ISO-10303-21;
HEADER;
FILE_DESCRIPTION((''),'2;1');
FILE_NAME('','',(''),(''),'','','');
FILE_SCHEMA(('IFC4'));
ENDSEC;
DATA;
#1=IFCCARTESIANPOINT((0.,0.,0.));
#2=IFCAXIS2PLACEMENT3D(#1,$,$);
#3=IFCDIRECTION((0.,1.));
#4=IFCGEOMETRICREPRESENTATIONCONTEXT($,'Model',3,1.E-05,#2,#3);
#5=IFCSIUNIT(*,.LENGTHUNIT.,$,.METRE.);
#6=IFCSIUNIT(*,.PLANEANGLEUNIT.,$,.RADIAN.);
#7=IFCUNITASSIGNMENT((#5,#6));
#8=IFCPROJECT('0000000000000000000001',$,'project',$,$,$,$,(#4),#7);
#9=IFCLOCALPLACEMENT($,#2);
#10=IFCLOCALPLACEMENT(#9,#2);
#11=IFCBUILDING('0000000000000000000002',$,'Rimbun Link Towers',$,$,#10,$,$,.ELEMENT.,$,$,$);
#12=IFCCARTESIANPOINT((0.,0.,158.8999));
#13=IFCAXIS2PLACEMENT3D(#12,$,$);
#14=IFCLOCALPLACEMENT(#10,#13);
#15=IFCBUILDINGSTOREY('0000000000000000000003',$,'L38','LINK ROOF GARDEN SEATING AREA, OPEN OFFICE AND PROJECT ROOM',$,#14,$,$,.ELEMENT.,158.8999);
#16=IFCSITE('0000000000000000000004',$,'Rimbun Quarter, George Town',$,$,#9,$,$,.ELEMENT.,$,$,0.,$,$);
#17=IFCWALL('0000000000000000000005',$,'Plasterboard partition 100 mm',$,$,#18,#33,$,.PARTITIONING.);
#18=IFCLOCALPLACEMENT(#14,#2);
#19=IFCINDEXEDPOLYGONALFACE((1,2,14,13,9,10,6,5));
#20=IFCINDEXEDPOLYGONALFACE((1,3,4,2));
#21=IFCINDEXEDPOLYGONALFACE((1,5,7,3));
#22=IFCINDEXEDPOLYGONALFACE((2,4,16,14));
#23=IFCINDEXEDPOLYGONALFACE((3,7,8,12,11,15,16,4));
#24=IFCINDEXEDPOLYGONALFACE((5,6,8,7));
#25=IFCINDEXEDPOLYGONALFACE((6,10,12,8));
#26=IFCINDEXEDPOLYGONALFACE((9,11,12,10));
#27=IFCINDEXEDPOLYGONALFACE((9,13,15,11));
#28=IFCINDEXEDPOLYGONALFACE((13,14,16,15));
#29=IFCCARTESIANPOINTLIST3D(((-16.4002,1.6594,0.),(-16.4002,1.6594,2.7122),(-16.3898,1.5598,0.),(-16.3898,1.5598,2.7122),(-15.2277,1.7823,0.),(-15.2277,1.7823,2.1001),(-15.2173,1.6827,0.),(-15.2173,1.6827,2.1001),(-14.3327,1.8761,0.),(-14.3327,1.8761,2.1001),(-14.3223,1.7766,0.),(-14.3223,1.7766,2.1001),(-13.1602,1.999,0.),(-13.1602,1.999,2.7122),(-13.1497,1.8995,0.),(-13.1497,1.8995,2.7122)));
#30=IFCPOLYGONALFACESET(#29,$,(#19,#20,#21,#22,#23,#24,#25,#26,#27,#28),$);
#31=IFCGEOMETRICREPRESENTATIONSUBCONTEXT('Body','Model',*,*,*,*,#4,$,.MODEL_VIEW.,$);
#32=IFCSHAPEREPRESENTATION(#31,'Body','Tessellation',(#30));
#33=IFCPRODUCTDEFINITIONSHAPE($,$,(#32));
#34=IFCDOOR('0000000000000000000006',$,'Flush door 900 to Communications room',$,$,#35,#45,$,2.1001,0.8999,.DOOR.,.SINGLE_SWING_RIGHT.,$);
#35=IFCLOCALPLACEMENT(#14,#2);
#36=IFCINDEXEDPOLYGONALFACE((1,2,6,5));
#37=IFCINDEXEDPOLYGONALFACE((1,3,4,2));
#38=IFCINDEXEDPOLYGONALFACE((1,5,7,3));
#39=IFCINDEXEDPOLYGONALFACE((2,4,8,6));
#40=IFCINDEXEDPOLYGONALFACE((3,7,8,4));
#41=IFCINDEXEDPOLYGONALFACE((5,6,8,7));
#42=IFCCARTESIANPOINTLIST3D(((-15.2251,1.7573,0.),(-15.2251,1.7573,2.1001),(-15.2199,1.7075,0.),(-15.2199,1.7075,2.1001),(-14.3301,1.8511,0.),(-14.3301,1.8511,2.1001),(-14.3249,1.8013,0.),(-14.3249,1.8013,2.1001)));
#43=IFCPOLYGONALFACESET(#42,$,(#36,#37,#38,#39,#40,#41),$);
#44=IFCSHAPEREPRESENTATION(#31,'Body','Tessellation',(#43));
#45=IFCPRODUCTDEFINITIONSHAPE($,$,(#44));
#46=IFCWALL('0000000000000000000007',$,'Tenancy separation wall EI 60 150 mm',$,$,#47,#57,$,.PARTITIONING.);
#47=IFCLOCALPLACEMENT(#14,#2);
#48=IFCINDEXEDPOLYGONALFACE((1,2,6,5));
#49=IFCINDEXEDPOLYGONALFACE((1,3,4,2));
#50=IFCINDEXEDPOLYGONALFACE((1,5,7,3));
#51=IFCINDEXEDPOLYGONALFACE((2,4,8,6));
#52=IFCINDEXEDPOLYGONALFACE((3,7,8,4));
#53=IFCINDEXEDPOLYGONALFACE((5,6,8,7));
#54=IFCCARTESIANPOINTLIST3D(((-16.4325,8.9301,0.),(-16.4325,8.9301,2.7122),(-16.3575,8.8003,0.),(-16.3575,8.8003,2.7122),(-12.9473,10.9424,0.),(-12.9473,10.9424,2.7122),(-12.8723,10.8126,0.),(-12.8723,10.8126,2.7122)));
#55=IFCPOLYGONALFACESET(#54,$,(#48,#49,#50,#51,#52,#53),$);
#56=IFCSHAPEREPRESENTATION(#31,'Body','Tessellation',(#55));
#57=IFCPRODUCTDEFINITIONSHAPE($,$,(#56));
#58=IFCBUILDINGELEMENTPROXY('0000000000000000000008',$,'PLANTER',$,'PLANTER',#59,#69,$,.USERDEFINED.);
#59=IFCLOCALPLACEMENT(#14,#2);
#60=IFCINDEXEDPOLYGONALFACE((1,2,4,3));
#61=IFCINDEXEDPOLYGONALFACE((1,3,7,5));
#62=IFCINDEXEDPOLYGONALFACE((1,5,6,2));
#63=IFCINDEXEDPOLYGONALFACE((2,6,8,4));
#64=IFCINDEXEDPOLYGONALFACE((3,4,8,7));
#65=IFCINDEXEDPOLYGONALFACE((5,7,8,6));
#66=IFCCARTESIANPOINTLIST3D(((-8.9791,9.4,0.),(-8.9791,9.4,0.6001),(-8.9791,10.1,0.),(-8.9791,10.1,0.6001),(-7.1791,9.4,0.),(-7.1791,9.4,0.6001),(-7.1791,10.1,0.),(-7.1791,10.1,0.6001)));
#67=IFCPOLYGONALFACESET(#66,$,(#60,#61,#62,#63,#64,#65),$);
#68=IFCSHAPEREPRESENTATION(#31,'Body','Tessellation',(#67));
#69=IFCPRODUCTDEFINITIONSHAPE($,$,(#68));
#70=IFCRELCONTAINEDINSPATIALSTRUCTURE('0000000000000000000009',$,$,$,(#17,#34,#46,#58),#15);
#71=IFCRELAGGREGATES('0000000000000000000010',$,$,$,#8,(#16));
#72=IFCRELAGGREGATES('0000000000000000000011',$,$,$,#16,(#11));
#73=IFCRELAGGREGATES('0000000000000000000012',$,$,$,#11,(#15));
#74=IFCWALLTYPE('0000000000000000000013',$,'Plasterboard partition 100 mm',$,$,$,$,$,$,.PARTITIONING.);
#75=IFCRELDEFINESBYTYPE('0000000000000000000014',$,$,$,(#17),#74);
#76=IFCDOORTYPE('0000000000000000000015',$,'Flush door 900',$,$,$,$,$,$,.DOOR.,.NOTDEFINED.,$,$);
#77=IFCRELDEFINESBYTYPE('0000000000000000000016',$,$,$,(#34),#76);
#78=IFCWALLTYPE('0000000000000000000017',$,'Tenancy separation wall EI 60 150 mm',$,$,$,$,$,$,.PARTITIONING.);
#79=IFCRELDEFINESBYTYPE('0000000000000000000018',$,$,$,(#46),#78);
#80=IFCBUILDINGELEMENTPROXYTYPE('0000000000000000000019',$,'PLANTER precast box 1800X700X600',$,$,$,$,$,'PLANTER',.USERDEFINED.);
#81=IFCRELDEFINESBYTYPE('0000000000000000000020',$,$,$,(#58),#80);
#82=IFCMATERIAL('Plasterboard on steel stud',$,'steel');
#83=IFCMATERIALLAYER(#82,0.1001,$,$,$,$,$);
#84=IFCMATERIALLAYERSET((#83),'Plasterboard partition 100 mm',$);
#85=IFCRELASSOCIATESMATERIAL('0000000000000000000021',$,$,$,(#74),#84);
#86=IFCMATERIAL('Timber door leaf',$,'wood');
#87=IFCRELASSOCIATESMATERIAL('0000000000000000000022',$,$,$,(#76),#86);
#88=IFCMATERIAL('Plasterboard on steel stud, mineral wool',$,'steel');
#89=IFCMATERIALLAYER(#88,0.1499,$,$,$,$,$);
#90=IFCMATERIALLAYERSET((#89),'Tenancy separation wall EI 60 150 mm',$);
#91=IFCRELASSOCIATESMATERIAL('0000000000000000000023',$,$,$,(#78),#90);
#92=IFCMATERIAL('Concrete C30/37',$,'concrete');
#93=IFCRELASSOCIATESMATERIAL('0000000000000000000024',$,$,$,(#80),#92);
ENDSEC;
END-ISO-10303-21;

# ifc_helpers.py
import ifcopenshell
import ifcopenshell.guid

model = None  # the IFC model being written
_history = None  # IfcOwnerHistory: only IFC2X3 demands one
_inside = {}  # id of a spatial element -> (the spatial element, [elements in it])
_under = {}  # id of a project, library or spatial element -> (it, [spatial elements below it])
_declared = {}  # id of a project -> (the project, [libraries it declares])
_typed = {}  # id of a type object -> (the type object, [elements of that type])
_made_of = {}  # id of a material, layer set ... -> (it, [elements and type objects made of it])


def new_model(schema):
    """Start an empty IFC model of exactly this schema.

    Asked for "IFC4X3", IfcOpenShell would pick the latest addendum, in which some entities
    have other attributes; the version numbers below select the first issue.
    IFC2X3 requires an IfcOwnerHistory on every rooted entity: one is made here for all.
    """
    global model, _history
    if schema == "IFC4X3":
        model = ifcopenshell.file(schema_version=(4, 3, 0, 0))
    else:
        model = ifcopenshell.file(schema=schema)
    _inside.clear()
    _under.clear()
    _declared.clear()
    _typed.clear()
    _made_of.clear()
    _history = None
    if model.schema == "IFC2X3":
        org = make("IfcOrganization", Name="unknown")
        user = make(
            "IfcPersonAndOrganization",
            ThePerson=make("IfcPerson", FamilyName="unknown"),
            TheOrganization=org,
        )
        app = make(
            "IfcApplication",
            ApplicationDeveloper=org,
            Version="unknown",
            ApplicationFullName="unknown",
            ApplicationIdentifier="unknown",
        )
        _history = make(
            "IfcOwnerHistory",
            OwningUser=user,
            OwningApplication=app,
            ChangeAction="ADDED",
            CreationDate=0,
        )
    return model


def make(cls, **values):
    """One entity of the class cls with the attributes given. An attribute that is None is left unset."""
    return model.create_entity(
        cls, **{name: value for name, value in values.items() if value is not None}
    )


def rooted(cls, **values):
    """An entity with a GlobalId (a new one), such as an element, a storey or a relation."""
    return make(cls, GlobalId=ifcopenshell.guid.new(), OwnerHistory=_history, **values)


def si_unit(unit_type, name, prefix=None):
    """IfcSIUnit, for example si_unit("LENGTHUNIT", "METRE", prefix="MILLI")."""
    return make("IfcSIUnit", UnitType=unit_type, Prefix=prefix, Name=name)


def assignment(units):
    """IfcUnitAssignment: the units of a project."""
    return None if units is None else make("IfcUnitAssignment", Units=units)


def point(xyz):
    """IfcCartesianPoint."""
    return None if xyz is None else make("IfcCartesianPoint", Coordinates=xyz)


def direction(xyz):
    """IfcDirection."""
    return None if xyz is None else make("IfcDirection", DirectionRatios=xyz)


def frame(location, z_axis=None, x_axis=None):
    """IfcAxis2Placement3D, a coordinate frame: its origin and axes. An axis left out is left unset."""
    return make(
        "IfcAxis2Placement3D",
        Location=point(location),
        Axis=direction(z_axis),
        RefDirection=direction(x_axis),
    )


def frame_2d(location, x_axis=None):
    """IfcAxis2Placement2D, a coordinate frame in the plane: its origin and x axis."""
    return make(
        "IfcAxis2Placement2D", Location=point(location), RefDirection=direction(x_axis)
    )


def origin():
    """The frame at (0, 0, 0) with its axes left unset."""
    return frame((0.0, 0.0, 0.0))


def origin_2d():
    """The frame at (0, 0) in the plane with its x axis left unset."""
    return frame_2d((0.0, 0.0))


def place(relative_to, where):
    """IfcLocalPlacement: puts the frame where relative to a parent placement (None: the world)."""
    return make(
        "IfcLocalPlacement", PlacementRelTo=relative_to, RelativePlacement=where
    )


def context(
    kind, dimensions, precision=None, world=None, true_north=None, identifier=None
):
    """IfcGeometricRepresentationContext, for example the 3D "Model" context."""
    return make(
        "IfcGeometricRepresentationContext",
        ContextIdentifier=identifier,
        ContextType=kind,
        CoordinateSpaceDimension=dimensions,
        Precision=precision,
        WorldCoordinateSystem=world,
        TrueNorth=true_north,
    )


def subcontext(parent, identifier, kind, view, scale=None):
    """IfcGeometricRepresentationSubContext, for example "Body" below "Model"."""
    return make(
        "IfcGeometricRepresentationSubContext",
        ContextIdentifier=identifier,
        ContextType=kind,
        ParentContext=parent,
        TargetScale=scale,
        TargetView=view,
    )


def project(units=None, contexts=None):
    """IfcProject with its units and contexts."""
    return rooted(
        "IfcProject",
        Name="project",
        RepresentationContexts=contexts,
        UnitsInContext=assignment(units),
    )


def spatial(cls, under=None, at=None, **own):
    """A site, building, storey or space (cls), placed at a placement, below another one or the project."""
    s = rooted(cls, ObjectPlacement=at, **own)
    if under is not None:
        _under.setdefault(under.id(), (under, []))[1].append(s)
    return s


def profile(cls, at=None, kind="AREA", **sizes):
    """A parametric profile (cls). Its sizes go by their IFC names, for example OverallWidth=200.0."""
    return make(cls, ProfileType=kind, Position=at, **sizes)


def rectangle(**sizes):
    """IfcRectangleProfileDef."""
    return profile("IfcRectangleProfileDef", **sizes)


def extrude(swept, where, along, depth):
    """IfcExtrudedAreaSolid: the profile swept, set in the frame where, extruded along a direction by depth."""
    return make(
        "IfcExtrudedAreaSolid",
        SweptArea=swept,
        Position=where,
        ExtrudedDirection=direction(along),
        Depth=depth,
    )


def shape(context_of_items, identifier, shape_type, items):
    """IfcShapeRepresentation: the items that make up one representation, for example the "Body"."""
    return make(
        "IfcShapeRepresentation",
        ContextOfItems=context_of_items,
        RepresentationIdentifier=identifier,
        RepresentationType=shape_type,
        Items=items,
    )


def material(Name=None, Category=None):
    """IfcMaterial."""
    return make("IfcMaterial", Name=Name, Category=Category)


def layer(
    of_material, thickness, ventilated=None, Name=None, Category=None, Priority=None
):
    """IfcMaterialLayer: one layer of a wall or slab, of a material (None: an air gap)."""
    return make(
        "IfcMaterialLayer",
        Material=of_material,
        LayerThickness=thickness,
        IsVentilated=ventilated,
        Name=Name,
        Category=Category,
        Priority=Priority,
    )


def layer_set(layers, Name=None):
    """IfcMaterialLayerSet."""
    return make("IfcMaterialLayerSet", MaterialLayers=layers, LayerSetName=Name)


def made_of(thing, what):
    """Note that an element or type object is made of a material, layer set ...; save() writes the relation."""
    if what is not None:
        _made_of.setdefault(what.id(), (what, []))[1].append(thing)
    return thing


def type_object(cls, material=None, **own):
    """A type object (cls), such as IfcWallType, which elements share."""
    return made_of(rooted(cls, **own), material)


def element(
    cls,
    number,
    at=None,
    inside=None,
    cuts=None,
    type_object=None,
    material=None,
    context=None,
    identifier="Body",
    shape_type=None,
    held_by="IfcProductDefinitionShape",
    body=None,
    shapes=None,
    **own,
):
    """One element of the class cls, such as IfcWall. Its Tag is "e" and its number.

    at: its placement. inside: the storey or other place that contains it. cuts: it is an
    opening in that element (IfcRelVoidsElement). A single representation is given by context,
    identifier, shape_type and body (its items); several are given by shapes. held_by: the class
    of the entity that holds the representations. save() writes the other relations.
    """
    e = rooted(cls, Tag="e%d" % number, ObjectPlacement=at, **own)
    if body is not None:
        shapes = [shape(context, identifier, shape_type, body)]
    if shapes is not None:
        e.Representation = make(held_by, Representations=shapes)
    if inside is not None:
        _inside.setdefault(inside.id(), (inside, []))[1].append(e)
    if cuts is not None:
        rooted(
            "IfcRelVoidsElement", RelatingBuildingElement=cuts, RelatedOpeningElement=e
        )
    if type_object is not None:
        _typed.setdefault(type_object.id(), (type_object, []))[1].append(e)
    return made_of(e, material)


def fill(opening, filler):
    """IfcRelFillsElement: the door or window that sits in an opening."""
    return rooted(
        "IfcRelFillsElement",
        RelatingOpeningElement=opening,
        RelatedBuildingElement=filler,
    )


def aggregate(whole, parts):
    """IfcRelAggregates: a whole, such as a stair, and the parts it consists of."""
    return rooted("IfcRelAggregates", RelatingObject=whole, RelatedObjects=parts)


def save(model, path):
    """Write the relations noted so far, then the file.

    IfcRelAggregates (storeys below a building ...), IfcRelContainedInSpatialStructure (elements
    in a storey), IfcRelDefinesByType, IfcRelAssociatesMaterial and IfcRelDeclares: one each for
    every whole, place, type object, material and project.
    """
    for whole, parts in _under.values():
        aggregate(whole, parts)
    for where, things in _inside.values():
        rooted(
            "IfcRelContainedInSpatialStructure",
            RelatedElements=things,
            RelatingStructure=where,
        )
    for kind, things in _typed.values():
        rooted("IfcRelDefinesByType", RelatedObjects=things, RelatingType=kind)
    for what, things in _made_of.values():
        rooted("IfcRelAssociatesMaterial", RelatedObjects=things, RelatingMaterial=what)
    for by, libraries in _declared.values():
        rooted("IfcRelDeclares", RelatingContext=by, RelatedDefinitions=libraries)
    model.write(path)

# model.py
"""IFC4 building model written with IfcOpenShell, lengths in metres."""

from ifc_helpers import new_model, si_unit, direction, frame, frame_2d, origin, origin_2d, place, context, subcontext, project, spatial, rectangle, extrude, material, layer, layer_set, type_object, element, fill, save


model = new_model("IFC4")

# Units and contexts
model_context = context("Model", 3, precision=1e-05, world=origin(), true_north=direction((0.0, 1.0)))
body_context = subcontext(model_context, "Body", "Model", "MODEL_VIEW")
ifc_project = project(units=[si_unit("LENGTHUNIT", "METRE"), si_unit("PLANEANGLEUNIT", "RADIAN")], contexts=[model_context])

# Site, building, storey
site_placement = place(None, origin())
site = spatial("IfcSite", under=ifc_project, at=site_placement, Name="Rimbun Quarter, George Town", CompositionType="ELEMENT", RefElevation=0.0)
building_placement = place(site_placement, origin())
building = spatial("IfcBuilding", under=site, at=building_placement, Name="Rimbun Link Towers", CompositionType="ELEMENT")
storey_placement = place(building_placement, frame((0.0, 0.0, 158.8999)))
storey = spatial("IfcBuildingStorey", under=building, at=storey_placement, Name="L38", Description="LINK ROOF GARDEN SEATING AREA, OPEN OFFICE AND PROJECT ROOM", CompositionType="ELEMENT", Elevation=158.8999)

# Wall, opening, door
ifc_material_1 = material(Name="Plasterboard on steel stud", Category="steel")
ifc_layer_1 = layer(ifc_material_1, 0.1001)
ifc_layer_set_1 = layer_set([ifc_layer_1], Name="Plasterboard partition 100 mm")
wall_type_1 = type_object("IfcWallType", Name="Plasterboard partition 100 mm", PredefinedType="PARTITIONING", material=ifc_layer_set_1)
wall_1_placement = place(storey_placement, frame((-16.395, 1.6096, 0.0), z_axis=(0.0, 0.0, 1.0), x_axis=(0.994552, 0.104244, 0.0)))
wall_1 = element("IfcWall", 1, at=wall_1_placement, inside=storey, type_object=wall_type_1, Name="Plasterboard partition 100 mm", PredefinedType="PARTITIONING", context=body_context, shape_type="SweptSolid", body=[
    extrude(rectangle(XDim=3.2578, YDim=0.1001, at=frame_2d((1.6289, 0.0))), origin(), (0.0, 0.0, 1.0), 2.7122),
])
opening_1_placement = place(wall_1_placement, frame((1.179, 0.0, 0.0)))
opening_1 = element("IfcOpeningElement", 2, at=opening_1_placement, cuts=wall_1, PredefinedType="OPENING", context=body_context, shape_type="SweptSolid", body=[
    extrude(rectangle(XDim=0.8999, YDim=2.1001, at=frame_2d((0.45, 1.05))), frame((0.0, 0.0601, 0.0), z_axis=(0.0, -1.0, 0.0), x_axis=(1.0, 0.0, 0.0)), (0.0, 0.0, 1.0), 0.1201),
])
ifc_material_2 = material(Name="Timber door leaf", Category="wood")
door_type_1 = type_object("IfcDoorType", Name="Flush door 900", OperationType="NOTDEFINED", PredefinedType="DOOR", material=ifc_material_2)
door_1_placement = place(opening_1_placement, origin())
door_1 = element("IfcDoor", 3, at=door_1_placement, inside=storey, type_object=door_type_1, Name="Flush door 900 to Communications room", OperationType="SINGLE_SWING_RIGHT", OverallHeight=2.1001, OverallWidth=0.8999, PredefinedType="DOOR", context=body_context, shape_type="SweptSolid", body=[
    extrude(rectangle(XDim=0.8999, YDim=2.1001, at=frame_2d((0.45, 1.05))), frame((0.0, 0.0249, 0.0), z_axis=(0.0, -1.0, 0.0), x_axis=(1.0, 0.0, 0.0)), (0.0, 0.0, 1.0), 0.05),
])
fill(opening_1, door_1)

# Wall
ifc_material_3 = material(Name="Plasterboard on steel stud, mineral wool", Category="steel")
ifc_layer_2 = layer(ifc_material_3, 0.1499)
ifc_layer_set_2 = layer_set([ifc_layer_2], Name="Tenancy separation wall EI 60 150 mm")
wall_type_2 = type_object("IfcWallType", Name="Tenancy separation wall EI 60 150 mm", PredefinedType="PARTITIONING", material=ifc_layer_set_2)
wall_2_placement = place(storey_placement, frame((-16.395, 8.8652, 0.0), z_axis=(0.0, 0.0, 1.0), x_axis=(0.866017, 0.500015, 0.0)))
element("IfcWall", 4, at=wall_2_placement, inside=storey, type_object=wall_type_2, Name="Tenancy separation wall EI 60 150 mm", PredefinedType="PARTITIONING", context=body_context, shape_type="SweptSolid", body=[
    extrude(rectangle(XDim=4.0244, YDim=0.1499, at=frame_2d((2.0122, 0.0))), origin(), (0.0, 0.0, 1.0), 2.7122),
])

# Building element proxy
ifc_material_4 = material(Name="Concrete C30/37", Category="concrete")
building_element_proxy_type = type_object("IfcBuildingElementProxyType", Name="PLANTER precast box 1800X700X600", ElementType="PLANTER", PredefinedType="USERDEFINED", material=ifc_material_4)
proxy_placement = place(storey_placement, frame((-8.0791, 9.75, 0.0), z_axis=(0.0, 0.0, 1.0), x_axis=(-1.0, 0.0, 0.0)))
element("IfcBuildingElementProxy", 5, at=proxy_placement, inside=storey, type_object=building_element_proxy_type, Name="PLANTER", ObjectType="PLANTER", PredefinedType="USERDEFINED", context=body_context, shape_type="SweptSolid", body=[
    extrude(rectangle(XDim=1.8, YDim=0.7, at=origin_2d()), origin(), (0.0, 0.0, 1.0), 0.6001),
])

save(model, "model.ifc")
